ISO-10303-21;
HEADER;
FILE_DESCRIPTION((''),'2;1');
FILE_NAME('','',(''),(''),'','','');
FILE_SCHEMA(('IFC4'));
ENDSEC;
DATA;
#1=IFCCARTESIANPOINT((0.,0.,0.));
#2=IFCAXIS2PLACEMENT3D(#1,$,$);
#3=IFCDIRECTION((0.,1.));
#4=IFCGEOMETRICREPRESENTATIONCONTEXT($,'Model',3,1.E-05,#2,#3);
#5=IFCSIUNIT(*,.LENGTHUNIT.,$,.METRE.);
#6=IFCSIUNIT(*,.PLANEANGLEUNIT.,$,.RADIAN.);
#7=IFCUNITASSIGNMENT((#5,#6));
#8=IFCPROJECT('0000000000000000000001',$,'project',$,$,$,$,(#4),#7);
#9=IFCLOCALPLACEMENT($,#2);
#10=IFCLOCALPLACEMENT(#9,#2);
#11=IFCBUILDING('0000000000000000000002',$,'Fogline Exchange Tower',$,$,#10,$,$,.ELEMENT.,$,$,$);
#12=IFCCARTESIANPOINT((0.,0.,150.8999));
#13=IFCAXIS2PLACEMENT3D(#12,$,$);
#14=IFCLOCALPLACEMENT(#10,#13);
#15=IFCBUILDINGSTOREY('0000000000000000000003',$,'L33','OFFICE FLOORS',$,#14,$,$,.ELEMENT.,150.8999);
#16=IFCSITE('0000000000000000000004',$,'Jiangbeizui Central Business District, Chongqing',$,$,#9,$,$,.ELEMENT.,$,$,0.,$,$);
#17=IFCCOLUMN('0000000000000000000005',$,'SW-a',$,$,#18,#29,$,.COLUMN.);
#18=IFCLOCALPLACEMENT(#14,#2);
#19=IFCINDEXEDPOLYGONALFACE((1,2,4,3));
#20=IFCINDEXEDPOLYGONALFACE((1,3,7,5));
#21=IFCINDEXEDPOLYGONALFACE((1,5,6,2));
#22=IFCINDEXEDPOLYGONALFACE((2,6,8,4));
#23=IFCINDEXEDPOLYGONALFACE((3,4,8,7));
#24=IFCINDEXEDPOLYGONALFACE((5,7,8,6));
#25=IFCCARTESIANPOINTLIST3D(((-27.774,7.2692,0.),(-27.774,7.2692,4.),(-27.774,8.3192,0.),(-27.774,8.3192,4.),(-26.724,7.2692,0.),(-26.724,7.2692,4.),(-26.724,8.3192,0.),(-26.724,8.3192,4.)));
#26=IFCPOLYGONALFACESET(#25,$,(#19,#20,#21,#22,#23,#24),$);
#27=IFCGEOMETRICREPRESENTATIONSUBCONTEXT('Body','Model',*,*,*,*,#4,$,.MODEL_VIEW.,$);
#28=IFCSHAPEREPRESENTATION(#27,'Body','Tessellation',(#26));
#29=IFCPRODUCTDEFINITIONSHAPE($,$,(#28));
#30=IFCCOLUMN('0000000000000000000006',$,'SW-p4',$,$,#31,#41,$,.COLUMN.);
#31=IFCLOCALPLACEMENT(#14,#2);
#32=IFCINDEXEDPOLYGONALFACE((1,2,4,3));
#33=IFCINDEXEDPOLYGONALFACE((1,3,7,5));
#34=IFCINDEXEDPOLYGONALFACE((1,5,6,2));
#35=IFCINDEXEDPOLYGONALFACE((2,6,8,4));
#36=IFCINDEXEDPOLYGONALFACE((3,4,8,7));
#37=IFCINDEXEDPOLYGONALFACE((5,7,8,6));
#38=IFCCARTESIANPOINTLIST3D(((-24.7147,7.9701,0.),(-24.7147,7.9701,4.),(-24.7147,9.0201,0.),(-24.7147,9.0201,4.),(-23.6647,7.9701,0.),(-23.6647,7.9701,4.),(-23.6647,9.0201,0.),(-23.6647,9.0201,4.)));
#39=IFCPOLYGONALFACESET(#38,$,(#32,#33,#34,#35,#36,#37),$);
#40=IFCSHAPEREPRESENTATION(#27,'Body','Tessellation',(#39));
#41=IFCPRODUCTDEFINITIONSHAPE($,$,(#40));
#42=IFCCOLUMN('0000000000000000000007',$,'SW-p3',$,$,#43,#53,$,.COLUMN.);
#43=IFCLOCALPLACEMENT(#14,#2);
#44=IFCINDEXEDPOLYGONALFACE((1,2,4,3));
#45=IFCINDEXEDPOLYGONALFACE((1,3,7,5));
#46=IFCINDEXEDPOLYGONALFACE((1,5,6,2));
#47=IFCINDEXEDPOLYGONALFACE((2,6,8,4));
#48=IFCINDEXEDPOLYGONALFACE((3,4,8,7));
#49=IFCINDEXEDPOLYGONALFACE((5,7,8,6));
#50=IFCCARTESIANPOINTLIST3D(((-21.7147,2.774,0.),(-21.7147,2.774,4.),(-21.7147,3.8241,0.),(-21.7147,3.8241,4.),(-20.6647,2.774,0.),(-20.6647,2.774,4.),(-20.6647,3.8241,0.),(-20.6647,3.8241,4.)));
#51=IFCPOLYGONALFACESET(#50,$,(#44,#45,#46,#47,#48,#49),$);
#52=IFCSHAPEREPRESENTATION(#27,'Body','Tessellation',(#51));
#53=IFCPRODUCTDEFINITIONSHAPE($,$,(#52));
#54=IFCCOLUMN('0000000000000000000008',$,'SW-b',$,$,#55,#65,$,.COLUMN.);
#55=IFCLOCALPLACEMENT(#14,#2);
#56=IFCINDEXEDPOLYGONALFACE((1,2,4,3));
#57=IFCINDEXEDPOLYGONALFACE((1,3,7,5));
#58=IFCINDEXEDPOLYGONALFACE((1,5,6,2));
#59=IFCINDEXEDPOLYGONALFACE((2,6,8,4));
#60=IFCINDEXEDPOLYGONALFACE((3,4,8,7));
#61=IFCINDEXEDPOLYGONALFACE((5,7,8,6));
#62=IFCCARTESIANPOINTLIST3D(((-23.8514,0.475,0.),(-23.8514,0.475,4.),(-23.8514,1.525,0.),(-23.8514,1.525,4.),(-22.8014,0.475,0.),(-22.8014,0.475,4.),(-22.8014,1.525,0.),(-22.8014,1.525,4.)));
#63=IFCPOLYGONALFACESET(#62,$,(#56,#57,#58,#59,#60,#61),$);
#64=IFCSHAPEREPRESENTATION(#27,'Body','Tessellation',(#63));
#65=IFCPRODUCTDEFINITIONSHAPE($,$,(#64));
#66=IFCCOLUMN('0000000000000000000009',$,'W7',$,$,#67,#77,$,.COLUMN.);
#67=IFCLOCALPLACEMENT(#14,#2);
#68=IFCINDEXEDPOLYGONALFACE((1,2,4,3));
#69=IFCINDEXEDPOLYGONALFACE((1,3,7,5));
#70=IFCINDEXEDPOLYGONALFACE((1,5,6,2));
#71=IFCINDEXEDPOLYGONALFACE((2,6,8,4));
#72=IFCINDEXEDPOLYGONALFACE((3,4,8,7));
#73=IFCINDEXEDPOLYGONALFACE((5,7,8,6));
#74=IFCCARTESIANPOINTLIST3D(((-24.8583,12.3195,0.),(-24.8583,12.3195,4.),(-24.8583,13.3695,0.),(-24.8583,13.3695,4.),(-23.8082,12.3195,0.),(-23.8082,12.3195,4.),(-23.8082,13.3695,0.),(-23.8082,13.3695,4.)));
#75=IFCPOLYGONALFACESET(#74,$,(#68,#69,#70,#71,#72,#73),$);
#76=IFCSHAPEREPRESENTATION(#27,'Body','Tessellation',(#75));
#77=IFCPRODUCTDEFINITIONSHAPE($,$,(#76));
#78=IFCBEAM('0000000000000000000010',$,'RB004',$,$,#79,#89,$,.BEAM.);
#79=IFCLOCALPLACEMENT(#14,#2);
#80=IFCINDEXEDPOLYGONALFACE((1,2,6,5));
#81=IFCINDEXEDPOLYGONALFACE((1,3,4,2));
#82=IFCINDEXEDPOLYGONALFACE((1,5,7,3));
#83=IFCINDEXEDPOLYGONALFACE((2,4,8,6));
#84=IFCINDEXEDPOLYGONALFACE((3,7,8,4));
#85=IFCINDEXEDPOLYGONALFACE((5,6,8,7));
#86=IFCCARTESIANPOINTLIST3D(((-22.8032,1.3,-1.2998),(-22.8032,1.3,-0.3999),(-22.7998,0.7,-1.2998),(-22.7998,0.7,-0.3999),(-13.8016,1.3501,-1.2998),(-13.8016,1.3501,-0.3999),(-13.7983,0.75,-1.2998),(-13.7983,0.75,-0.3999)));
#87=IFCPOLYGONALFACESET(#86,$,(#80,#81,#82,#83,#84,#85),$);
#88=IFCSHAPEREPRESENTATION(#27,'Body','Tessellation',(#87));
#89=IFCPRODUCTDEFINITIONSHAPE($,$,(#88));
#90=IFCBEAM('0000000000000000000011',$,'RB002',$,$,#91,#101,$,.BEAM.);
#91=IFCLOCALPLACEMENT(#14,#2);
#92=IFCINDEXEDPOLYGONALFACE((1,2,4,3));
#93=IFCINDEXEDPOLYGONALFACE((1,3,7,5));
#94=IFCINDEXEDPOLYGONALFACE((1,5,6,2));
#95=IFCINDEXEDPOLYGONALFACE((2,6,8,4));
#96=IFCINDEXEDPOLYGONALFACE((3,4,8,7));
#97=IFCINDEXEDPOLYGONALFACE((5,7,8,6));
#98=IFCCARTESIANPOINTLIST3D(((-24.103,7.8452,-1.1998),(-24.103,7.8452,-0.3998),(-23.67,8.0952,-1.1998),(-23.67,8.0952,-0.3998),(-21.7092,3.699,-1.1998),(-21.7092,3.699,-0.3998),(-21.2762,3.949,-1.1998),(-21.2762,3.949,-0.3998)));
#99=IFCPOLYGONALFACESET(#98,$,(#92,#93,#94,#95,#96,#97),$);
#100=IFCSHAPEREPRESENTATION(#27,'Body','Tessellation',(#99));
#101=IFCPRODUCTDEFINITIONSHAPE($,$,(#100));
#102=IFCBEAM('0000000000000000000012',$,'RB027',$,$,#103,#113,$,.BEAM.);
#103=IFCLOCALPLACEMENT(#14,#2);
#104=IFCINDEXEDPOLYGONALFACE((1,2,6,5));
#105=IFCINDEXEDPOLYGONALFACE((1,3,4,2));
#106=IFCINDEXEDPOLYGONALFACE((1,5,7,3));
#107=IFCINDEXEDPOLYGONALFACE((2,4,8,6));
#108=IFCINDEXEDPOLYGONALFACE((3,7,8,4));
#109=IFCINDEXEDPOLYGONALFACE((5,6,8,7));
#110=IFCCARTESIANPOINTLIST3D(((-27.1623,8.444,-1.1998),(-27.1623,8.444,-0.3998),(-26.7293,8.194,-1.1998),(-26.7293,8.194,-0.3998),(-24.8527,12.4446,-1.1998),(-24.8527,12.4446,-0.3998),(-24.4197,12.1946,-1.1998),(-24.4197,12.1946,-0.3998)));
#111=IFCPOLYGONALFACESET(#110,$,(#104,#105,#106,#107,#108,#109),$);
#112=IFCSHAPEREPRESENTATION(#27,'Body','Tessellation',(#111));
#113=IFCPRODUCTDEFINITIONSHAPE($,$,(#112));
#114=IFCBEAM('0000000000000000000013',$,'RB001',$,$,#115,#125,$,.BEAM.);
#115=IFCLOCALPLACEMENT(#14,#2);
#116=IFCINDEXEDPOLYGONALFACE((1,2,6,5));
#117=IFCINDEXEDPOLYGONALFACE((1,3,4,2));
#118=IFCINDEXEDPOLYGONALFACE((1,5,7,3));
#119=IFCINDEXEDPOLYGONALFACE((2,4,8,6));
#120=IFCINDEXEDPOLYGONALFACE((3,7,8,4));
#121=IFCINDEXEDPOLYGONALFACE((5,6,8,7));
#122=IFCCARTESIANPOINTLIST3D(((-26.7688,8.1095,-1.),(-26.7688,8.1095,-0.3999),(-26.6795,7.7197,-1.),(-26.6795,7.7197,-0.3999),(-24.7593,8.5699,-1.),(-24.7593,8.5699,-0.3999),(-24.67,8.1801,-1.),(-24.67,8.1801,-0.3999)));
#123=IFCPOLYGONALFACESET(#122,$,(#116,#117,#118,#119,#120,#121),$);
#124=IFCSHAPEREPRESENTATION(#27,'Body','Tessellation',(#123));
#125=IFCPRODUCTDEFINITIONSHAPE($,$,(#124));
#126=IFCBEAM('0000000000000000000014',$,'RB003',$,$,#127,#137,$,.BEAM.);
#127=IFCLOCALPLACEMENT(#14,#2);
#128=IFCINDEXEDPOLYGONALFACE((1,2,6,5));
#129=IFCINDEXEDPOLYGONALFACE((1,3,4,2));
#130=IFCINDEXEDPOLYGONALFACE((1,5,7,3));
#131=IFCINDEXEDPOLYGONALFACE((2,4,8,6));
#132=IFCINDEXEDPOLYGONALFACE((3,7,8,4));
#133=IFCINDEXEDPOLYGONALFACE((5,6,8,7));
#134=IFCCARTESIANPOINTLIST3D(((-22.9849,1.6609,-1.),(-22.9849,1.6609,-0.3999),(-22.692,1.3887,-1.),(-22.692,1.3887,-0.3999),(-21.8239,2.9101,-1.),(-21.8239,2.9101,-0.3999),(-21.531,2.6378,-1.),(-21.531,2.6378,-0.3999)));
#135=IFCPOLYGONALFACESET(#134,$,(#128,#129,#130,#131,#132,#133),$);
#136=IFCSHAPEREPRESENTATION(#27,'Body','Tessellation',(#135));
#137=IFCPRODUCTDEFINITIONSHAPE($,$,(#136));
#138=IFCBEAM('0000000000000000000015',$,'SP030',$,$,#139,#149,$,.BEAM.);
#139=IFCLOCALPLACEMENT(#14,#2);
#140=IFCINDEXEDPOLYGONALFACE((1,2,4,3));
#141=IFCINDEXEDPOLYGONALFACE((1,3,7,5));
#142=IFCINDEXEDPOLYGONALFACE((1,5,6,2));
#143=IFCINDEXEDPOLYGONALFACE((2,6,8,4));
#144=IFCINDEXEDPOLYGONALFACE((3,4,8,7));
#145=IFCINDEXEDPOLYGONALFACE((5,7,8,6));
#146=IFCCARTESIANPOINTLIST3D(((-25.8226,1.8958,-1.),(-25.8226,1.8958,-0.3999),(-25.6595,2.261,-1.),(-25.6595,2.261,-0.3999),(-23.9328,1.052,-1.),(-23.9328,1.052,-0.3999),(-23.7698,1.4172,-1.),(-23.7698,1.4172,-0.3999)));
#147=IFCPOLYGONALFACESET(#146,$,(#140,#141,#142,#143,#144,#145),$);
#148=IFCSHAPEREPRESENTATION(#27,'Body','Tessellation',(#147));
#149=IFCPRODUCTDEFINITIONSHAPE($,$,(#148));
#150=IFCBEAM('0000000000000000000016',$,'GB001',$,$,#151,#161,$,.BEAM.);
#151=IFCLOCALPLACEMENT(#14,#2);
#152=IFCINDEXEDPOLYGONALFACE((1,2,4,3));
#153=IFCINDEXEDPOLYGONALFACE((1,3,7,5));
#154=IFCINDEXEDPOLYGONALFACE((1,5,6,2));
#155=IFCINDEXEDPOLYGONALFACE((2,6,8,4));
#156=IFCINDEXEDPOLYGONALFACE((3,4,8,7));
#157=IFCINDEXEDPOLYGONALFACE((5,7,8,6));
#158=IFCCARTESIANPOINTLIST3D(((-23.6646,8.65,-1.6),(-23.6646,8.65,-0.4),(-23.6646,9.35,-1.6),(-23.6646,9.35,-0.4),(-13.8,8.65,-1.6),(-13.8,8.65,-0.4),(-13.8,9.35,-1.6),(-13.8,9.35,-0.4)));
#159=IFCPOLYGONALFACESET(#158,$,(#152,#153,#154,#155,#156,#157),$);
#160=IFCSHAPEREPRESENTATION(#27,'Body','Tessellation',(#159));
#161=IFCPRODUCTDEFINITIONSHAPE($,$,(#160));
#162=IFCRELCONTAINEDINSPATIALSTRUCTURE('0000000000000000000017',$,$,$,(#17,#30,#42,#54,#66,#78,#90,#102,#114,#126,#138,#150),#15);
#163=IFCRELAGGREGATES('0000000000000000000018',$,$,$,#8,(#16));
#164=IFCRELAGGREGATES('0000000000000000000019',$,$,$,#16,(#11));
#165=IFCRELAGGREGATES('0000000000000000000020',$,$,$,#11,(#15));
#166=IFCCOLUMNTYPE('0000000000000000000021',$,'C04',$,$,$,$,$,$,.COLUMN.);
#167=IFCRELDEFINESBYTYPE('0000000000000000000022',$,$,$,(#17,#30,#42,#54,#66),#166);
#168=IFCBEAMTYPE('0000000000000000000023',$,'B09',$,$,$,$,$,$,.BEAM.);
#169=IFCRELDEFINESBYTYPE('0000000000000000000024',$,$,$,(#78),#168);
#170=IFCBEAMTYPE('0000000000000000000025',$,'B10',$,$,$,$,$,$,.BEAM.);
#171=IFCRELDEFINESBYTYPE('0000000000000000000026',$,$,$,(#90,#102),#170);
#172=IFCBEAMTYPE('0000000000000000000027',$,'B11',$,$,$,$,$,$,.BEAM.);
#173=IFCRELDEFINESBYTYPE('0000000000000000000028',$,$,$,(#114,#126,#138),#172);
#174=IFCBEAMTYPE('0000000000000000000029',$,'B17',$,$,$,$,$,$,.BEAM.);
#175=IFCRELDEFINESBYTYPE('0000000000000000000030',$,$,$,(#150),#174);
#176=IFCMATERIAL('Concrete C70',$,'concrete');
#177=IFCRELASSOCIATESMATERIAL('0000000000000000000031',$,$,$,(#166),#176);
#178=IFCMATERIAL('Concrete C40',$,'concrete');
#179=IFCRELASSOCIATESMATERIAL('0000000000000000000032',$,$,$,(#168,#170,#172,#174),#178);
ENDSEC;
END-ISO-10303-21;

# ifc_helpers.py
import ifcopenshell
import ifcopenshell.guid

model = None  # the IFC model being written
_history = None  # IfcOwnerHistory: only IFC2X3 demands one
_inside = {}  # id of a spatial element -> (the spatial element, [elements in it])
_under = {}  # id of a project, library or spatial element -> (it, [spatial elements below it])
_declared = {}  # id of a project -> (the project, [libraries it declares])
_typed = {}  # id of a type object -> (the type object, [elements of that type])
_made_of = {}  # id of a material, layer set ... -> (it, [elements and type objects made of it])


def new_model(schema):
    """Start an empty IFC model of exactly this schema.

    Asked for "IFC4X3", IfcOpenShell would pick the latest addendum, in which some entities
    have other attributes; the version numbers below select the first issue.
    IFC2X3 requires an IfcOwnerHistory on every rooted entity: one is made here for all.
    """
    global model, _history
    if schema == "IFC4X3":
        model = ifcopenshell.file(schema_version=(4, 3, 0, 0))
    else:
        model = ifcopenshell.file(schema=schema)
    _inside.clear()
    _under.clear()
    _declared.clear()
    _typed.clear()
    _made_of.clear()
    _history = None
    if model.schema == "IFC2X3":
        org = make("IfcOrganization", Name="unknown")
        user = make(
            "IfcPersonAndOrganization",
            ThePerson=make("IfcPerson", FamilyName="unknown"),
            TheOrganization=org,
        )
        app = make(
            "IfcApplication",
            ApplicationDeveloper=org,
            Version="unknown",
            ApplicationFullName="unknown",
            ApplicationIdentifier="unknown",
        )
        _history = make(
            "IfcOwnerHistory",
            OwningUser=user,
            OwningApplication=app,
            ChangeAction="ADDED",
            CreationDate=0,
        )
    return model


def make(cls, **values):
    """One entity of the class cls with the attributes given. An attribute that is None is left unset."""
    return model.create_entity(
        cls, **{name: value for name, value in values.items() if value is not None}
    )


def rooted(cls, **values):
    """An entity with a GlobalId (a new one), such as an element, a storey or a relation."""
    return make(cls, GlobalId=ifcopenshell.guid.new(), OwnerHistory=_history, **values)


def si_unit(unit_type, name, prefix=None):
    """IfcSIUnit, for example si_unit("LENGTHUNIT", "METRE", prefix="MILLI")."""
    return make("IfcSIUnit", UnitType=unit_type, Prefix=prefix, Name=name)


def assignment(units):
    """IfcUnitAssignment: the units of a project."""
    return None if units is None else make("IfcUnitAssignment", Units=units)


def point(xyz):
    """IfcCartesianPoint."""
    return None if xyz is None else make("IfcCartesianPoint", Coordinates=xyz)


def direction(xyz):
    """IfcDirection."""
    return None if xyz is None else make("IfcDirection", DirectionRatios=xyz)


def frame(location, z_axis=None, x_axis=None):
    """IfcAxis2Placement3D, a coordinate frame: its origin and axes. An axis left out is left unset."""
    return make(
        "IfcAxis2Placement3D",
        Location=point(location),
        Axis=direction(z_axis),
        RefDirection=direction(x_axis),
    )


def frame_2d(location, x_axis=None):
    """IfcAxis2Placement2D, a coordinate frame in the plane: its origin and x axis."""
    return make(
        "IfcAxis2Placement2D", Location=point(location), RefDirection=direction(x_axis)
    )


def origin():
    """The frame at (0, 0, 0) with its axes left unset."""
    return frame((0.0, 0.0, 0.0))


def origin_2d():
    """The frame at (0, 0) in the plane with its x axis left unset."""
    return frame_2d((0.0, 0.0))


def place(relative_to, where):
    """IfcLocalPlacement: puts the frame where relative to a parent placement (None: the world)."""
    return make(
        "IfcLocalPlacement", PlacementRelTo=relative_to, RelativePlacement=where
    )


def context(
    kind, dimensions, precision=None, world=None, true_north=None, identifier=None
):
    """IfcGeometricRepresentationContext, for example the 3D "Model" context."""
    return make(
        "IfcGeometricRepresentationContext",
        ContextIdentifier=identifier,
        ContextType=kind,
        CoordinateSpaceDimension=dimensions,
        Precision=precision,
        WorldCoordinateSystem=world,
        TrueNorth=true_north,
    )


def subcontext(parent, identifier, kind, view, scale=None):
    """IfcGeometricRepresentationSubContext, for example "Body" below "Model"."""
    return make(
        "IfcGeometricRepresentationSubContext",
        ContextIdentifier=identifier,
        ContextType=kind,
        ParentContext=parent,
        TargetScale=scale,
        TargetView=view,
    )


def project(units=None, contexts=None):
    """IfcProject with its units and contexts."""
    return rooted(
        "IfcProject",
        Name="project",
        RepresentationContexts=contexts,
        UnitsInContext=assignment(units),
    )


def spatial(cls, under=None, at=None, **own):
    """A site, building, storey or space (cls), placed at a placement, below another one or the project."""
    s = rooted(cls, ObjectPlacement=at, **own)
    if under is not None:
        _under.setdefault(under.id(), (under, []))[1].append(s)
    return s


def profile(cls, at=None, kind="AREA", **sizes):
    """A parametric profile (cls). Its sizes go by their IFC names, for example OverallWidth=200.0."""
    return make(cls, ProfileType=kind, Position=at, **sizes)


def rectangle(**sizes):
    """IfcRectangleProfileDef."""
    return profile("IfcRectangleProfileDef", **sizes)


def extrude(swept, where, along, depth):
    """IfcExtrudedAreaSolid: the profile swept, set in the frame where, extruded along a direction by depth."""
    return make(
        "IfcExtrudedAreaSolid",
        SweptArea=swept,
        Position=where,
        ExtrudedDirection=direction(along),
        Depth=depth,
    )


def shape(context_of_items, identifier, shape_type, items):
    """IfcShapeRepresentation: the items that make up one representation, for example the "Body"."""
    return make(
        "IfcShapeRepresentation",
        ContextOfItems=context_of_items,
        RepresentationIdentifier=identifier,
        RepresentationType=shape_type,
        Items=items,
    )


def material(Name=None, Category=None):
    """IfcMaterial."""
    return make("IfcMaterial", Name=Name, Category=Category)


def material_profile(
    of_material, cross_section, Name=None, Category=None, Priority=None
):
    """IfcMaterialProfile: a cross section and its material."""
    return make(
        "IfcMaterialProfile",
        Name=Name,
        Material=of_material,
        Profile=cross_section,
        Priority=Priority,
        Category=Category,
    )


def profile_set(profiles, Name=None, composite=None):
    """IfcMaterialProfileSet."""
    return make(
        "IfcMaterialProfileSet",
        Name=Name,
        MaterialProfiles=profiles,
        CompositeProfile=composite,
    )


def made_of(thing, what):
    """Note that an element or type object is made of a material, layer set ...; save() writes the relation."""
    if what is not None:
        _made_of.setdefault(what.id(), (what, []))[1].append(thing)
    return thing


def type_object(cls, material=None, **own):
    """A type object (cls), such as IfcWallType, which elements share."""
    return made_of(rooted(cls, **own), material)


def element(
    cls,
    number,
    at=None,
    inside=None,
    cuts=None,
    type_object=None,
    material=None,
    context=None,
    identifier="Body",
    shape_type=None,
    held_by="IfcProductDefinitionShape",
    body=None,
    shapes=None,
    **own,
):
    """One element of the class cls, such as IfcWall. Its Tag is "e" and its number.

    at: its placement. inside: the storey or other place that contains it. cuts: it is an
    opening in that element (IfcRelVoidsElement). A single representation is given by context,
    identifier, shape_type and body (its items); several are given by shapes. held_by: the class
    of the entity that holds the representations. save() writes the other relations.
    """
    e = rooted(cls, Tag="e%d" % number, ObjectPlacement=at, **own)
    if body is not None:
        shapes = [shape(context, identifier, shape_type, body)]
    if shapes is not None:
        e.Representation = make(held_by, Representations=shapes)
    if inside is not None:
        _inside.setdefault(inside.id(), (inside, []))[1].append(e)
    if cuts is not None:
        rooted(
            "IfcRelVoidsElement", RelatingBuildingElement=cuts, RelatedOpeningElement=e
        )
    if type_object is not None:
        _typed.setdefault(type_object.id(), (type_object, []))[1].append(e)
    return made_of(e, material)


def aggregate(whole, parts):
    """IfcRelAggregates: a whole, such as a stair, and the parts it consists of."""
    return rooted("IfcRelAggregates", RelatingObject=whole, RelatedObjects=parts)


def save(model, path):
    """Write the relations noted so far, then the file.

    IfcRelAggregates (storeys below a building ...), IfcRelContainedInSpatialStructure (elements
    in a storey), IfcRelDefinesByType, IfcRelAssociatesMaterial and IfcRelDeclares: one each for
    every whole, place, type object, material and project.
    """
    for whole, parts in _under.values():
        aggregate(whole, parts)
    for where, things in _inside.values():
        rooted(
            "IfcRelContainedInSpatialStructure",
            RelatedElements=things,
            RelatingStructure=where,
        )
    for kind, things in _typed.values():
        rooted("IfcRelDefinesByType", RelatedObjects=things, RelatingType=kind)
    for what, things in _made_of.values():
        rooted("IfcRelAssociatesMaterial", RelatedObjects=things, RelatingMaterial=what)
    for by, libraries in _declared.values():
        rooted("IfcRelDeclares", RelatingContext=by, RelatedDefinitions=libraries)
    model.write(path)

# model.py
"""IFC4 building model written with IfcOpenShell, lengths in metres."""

from ifc_helpers import new_model, si_unit, direction, frame, origin, origin_2d, place, context, subcontext, project, spatial, rectangle, extrude, material, material_profile, profile_set, type_object, element, save


model = new_model("IFC4")

# Units and contexts
model_context = context("Model", 3, precision=1e-05, world=origin(), true_north=direction((0.0, 1.0)))
body_context = subcontext(model_context, "Body", "Model", "MODEL_VIEW")
ifc_project = project(units=[si_unit("LENGTHUNIT", "METRE"), si_unit("PLANEANGLEUNIT", "RADIAN")], contexts=[model_context])

# Site, building, storey
site_placement = place(None, origin())
site = spatial("IfcSite", under=ifc_project, at=site_placement, Name="Jiangbeizui Central Business District, Chongqing", CompositionType="ELEMENT", RefElevation=0.0)
building_placement = place(site_placement, origin())
building = spatial("IfcBuilding", under=site, at=building_placement, Name="Fogline Exchange Tower", CompositionType="ELEMENT")
storey_placement = place(building_placement, frame((0.0, 0.0, 150.8999)))
storey = spatial("IfcBuildingStorey", under=building, at=storey_placement, Name="L33", Description="OFFICE FLOORS", CompositionType="ELEMENT", Elevation=150.8999)

# Columns
ifc_material_1 = material(Name="Concrete C70", Category="concrete")
ifc_material_profile_1 = material_profile(ifc_material_1, rectangle(XDim=1.05, YDim=1.05, at=origin_2d()), Name="RC 1050x1050")
ifc_profile_set_1 = profile_set([ifc_material_profile_1], Name="Concrete C70")
column_type = type_object("IfcColumnType", Name="C04", PredefinedType="COLUMN", material=ifc_profile_set_1)
for number, where, z_axis, x_axis, name in (
    (1, (-27.249, 7.7942, 0.0), (0.0, 0.0, 1.0), (1.0, 0.0, 0.0), "SW-a"),
    (2, (-24.1897, 8.4951, 0.0), (0.0, 0.0, 1.0), (1.0, 0.0, 0.0), "SW-p4"),
    (3, (-21.1897, 3.2991, 0.0), (0.0, 0.0, 1.0), (1.0, 0.0, 0.0), "SW-p3"),
    (4, (-23.3264, 1.0, 0.0), (0.0, 0.0, 1.0), (1.0, 0.0, 0.0), "SW-b"),
    (5, (-24.3333, 12.8445, 0.0), (0.0, 0.0, 1.0), (1.0, 0.0, 0.0), "W7"),
):
    element("IfcColumn", number, at=place(storey_placement, frame(where, z_axis=z_axis, x_axis=x_axis)), inside=storey, type_object=column_type, Name=name, PredefinedType="COLUMN", context=body_context, shape_type="SweptSolid", body=[
        extrude(rectangle(XDim=1.05, YDim=1.05, at=origin_2d()), origin(), (0.0, 0.0, 1.0), 4.0),
    ])

# Beams
ifc_material_2 = material(Name="Concrete C40", Category="concrete")
ifc_material_profile_2 = material_profile(ifc_material_2, rectangle(XDim=0.6001, YDim=0.8999, at=origin_2d()), Name="RC 600x900")
ifc_profile_set_2 = profile_set([ifc_material_profile_2], Name="Concrete C40")
beam_type_1 = type_object("IfcBeamType", Name="B09", PredefinedType="BEAM", material=ifc_profile_set_2)
beam_1_placement = place(storey_placement, frame((-22.8015, 1.0, -0.8499), z_axis=(0.999985, 0.00556, 0.0), x_axis=(-0.00556, 0.999985, 0.0)))
element("IfcBeam", 6, at=beam_1_placement, inside=storey, type_object=beam_type_1, Name="RB004", PredefinedType="BEAM", context=body_context, shape_type="SweptSolid", body=[
    extrude(rectangle(XDim=0.6001, YDim=0.8999, at=origin_2d()), origin(), (0.0, 0.0, 1.0), 9.0017),
])
ifc_material_profile_3 = material_profile(ifc_material_2, rectangle(XDim=0.5, YDim=0.8, at=origin_2d()), Name="RC 500x800")
ifc_profile_set_3 = profile_set([ifc_material_profile_3], Name="Concrete C40")
beam_type_2 = type_object("IfcBeamType", Name="B10", PredefinedType="BEAM", material=ifc_profile_set_3)
beam_2_placement = place(storey_placement, frame((-23.8865, 7.9702, -0.7998), z_axis=(0.499995, -0.866028, 0.0), x_axis=(0.866028, 0.499995, 0.0)))
element("IfcBeam", 7, at=beam_2_placement, inside=storey, type_object=beam_type_2, Name="RB002", PredefinedType="BEAM", context=body_context, shape_type="SweptSolid", body=[
    extrude(rectangle(XDim=0.5, YDim=0.8, at=origin_2d()), origin(), (0.0, 0.0, 1.0), 4.7876),
])
beam_3_placement = place(storey_placement, frame((-24.6362, 12.3196, -0.7998), z_axis=(-0.499982, -0.866036, 0.0), x_axis=(0.866036, -0.499982, 0.0)))
element("IfcBeam", 8, at=beam_3_placement, inside=storey, type_object=beam_type_2, Name="RB027", PredefinedType="BEAM", context=body_context, shape_type="SweptSolid", body=[
    extrude(rectangle(XDim=0.5, YDim=0.8, at=origin_2d()), origin(), (0.0, 0.0, 1.0), 4.6194),
])
ifc_material_profile_4 = material_profile(ifc_material_2, rectangle(XDim=0.3999, YDim=0.6001, at=origin_2d()), Name="RC 400x600")
ifc_profile_set_4 = profile_set([ifc_material_profile_4], Name="Concrete C40")
beam_type_3 = type_object("IfcBeamType", Name="B11", PredefinedType="BEAM", material=ifc_profile_set_4)
beam_4_placement = place(storey_placement, frame((-26.7241, 7.9146, -0.7), z_axis=(0.974739, 0.223346, 0.0), x_axis=(-0.223346, 0.974739, 0.0)))
element("IfcBeam", 9, at=beam_4_placement, inside=storey, type_object=beam_type_3, Name="RB001", PredefinedType="BEAM", context=body_context, shape_type="SweptSolid", body=[
    extrude(rectangle(XDim=0.3999, YDim=0.6001, at=origin_2d()), origin(), (0.0, 0.0, 1.0), 2.0615),
])
beam_5_placement = place(storey_placement, frame((-21.6775, 2.7739, -0.7), z_axis=(-0.680792, -0.732477, 0.0), x_axis=(0.732477, -0.680792, 0.0)))
element("IfcBeam", 10, at=beam_5_placement, inside=storey, type_object=beam_type_3, Name="RB003", PredefinedType="BEAM", context=body_context, shape_type="SweptSolid", body=[
    extrude(rectangle(XDim=0.3999, YDim=0.6001, at=origin_2d()), origin(), (0.0, 0.0, 1.0), 1.7053),
])
beam_6_placement = place(storey_placement, frame((-23.8513, 1.2346, -0.7), z_axis=(-0.91311, 0.407714, 0.0), x_axis=(-0.407714, -0.91311, 0.0)))
element("IfcBeam", 11, at=beam_6_placement, inside=storey, type_object=beam_type_3, Name="SP030", PredefinedType="BEAM", context=body_context, shape_type="SweptSolid", body=[
    extrude(rectangle(XDim=0.3999, YDim=0.6001, at=origin_2d()), origin(), (0.0, 0.0, 1.0), 2.0696),
])
ifc_material_profile_5 = material_profile(ifc_material_2, rectangle(XDim=0.7, YDim=1.2, at=origin_2d()), Name="RC 700x1200")
ifc_profile_set_5 = profile_set([ifc_material_profile_5], Name="Concrete C40")
beam_type_4 = type_object("IfcBeamType", Name="B17", PredefinedType="BEAM", material=ifc_profile_set_5)
beam_7_placement = place(storey_placement, frame((-23.6646, 9.0, -1.0), z_axis=(1.0, 0.0, 0.0), x_axis=(0.0, 1.0, 0.0)))
element("IfcBeam", 12, at=beam_7_placement, inside=storey, type_object=beam_type_4, Name="GB001", PredefinedType="BEAM", context=body_context, shape_type="SweptSolid", body=[
    extrude(rectangle(XDim=0.7, YDim=1.2, at=origin_2d()), origin(), (0.0, 0.0, 1.0), 9.8645),
])

save(model, "model.ifc")
